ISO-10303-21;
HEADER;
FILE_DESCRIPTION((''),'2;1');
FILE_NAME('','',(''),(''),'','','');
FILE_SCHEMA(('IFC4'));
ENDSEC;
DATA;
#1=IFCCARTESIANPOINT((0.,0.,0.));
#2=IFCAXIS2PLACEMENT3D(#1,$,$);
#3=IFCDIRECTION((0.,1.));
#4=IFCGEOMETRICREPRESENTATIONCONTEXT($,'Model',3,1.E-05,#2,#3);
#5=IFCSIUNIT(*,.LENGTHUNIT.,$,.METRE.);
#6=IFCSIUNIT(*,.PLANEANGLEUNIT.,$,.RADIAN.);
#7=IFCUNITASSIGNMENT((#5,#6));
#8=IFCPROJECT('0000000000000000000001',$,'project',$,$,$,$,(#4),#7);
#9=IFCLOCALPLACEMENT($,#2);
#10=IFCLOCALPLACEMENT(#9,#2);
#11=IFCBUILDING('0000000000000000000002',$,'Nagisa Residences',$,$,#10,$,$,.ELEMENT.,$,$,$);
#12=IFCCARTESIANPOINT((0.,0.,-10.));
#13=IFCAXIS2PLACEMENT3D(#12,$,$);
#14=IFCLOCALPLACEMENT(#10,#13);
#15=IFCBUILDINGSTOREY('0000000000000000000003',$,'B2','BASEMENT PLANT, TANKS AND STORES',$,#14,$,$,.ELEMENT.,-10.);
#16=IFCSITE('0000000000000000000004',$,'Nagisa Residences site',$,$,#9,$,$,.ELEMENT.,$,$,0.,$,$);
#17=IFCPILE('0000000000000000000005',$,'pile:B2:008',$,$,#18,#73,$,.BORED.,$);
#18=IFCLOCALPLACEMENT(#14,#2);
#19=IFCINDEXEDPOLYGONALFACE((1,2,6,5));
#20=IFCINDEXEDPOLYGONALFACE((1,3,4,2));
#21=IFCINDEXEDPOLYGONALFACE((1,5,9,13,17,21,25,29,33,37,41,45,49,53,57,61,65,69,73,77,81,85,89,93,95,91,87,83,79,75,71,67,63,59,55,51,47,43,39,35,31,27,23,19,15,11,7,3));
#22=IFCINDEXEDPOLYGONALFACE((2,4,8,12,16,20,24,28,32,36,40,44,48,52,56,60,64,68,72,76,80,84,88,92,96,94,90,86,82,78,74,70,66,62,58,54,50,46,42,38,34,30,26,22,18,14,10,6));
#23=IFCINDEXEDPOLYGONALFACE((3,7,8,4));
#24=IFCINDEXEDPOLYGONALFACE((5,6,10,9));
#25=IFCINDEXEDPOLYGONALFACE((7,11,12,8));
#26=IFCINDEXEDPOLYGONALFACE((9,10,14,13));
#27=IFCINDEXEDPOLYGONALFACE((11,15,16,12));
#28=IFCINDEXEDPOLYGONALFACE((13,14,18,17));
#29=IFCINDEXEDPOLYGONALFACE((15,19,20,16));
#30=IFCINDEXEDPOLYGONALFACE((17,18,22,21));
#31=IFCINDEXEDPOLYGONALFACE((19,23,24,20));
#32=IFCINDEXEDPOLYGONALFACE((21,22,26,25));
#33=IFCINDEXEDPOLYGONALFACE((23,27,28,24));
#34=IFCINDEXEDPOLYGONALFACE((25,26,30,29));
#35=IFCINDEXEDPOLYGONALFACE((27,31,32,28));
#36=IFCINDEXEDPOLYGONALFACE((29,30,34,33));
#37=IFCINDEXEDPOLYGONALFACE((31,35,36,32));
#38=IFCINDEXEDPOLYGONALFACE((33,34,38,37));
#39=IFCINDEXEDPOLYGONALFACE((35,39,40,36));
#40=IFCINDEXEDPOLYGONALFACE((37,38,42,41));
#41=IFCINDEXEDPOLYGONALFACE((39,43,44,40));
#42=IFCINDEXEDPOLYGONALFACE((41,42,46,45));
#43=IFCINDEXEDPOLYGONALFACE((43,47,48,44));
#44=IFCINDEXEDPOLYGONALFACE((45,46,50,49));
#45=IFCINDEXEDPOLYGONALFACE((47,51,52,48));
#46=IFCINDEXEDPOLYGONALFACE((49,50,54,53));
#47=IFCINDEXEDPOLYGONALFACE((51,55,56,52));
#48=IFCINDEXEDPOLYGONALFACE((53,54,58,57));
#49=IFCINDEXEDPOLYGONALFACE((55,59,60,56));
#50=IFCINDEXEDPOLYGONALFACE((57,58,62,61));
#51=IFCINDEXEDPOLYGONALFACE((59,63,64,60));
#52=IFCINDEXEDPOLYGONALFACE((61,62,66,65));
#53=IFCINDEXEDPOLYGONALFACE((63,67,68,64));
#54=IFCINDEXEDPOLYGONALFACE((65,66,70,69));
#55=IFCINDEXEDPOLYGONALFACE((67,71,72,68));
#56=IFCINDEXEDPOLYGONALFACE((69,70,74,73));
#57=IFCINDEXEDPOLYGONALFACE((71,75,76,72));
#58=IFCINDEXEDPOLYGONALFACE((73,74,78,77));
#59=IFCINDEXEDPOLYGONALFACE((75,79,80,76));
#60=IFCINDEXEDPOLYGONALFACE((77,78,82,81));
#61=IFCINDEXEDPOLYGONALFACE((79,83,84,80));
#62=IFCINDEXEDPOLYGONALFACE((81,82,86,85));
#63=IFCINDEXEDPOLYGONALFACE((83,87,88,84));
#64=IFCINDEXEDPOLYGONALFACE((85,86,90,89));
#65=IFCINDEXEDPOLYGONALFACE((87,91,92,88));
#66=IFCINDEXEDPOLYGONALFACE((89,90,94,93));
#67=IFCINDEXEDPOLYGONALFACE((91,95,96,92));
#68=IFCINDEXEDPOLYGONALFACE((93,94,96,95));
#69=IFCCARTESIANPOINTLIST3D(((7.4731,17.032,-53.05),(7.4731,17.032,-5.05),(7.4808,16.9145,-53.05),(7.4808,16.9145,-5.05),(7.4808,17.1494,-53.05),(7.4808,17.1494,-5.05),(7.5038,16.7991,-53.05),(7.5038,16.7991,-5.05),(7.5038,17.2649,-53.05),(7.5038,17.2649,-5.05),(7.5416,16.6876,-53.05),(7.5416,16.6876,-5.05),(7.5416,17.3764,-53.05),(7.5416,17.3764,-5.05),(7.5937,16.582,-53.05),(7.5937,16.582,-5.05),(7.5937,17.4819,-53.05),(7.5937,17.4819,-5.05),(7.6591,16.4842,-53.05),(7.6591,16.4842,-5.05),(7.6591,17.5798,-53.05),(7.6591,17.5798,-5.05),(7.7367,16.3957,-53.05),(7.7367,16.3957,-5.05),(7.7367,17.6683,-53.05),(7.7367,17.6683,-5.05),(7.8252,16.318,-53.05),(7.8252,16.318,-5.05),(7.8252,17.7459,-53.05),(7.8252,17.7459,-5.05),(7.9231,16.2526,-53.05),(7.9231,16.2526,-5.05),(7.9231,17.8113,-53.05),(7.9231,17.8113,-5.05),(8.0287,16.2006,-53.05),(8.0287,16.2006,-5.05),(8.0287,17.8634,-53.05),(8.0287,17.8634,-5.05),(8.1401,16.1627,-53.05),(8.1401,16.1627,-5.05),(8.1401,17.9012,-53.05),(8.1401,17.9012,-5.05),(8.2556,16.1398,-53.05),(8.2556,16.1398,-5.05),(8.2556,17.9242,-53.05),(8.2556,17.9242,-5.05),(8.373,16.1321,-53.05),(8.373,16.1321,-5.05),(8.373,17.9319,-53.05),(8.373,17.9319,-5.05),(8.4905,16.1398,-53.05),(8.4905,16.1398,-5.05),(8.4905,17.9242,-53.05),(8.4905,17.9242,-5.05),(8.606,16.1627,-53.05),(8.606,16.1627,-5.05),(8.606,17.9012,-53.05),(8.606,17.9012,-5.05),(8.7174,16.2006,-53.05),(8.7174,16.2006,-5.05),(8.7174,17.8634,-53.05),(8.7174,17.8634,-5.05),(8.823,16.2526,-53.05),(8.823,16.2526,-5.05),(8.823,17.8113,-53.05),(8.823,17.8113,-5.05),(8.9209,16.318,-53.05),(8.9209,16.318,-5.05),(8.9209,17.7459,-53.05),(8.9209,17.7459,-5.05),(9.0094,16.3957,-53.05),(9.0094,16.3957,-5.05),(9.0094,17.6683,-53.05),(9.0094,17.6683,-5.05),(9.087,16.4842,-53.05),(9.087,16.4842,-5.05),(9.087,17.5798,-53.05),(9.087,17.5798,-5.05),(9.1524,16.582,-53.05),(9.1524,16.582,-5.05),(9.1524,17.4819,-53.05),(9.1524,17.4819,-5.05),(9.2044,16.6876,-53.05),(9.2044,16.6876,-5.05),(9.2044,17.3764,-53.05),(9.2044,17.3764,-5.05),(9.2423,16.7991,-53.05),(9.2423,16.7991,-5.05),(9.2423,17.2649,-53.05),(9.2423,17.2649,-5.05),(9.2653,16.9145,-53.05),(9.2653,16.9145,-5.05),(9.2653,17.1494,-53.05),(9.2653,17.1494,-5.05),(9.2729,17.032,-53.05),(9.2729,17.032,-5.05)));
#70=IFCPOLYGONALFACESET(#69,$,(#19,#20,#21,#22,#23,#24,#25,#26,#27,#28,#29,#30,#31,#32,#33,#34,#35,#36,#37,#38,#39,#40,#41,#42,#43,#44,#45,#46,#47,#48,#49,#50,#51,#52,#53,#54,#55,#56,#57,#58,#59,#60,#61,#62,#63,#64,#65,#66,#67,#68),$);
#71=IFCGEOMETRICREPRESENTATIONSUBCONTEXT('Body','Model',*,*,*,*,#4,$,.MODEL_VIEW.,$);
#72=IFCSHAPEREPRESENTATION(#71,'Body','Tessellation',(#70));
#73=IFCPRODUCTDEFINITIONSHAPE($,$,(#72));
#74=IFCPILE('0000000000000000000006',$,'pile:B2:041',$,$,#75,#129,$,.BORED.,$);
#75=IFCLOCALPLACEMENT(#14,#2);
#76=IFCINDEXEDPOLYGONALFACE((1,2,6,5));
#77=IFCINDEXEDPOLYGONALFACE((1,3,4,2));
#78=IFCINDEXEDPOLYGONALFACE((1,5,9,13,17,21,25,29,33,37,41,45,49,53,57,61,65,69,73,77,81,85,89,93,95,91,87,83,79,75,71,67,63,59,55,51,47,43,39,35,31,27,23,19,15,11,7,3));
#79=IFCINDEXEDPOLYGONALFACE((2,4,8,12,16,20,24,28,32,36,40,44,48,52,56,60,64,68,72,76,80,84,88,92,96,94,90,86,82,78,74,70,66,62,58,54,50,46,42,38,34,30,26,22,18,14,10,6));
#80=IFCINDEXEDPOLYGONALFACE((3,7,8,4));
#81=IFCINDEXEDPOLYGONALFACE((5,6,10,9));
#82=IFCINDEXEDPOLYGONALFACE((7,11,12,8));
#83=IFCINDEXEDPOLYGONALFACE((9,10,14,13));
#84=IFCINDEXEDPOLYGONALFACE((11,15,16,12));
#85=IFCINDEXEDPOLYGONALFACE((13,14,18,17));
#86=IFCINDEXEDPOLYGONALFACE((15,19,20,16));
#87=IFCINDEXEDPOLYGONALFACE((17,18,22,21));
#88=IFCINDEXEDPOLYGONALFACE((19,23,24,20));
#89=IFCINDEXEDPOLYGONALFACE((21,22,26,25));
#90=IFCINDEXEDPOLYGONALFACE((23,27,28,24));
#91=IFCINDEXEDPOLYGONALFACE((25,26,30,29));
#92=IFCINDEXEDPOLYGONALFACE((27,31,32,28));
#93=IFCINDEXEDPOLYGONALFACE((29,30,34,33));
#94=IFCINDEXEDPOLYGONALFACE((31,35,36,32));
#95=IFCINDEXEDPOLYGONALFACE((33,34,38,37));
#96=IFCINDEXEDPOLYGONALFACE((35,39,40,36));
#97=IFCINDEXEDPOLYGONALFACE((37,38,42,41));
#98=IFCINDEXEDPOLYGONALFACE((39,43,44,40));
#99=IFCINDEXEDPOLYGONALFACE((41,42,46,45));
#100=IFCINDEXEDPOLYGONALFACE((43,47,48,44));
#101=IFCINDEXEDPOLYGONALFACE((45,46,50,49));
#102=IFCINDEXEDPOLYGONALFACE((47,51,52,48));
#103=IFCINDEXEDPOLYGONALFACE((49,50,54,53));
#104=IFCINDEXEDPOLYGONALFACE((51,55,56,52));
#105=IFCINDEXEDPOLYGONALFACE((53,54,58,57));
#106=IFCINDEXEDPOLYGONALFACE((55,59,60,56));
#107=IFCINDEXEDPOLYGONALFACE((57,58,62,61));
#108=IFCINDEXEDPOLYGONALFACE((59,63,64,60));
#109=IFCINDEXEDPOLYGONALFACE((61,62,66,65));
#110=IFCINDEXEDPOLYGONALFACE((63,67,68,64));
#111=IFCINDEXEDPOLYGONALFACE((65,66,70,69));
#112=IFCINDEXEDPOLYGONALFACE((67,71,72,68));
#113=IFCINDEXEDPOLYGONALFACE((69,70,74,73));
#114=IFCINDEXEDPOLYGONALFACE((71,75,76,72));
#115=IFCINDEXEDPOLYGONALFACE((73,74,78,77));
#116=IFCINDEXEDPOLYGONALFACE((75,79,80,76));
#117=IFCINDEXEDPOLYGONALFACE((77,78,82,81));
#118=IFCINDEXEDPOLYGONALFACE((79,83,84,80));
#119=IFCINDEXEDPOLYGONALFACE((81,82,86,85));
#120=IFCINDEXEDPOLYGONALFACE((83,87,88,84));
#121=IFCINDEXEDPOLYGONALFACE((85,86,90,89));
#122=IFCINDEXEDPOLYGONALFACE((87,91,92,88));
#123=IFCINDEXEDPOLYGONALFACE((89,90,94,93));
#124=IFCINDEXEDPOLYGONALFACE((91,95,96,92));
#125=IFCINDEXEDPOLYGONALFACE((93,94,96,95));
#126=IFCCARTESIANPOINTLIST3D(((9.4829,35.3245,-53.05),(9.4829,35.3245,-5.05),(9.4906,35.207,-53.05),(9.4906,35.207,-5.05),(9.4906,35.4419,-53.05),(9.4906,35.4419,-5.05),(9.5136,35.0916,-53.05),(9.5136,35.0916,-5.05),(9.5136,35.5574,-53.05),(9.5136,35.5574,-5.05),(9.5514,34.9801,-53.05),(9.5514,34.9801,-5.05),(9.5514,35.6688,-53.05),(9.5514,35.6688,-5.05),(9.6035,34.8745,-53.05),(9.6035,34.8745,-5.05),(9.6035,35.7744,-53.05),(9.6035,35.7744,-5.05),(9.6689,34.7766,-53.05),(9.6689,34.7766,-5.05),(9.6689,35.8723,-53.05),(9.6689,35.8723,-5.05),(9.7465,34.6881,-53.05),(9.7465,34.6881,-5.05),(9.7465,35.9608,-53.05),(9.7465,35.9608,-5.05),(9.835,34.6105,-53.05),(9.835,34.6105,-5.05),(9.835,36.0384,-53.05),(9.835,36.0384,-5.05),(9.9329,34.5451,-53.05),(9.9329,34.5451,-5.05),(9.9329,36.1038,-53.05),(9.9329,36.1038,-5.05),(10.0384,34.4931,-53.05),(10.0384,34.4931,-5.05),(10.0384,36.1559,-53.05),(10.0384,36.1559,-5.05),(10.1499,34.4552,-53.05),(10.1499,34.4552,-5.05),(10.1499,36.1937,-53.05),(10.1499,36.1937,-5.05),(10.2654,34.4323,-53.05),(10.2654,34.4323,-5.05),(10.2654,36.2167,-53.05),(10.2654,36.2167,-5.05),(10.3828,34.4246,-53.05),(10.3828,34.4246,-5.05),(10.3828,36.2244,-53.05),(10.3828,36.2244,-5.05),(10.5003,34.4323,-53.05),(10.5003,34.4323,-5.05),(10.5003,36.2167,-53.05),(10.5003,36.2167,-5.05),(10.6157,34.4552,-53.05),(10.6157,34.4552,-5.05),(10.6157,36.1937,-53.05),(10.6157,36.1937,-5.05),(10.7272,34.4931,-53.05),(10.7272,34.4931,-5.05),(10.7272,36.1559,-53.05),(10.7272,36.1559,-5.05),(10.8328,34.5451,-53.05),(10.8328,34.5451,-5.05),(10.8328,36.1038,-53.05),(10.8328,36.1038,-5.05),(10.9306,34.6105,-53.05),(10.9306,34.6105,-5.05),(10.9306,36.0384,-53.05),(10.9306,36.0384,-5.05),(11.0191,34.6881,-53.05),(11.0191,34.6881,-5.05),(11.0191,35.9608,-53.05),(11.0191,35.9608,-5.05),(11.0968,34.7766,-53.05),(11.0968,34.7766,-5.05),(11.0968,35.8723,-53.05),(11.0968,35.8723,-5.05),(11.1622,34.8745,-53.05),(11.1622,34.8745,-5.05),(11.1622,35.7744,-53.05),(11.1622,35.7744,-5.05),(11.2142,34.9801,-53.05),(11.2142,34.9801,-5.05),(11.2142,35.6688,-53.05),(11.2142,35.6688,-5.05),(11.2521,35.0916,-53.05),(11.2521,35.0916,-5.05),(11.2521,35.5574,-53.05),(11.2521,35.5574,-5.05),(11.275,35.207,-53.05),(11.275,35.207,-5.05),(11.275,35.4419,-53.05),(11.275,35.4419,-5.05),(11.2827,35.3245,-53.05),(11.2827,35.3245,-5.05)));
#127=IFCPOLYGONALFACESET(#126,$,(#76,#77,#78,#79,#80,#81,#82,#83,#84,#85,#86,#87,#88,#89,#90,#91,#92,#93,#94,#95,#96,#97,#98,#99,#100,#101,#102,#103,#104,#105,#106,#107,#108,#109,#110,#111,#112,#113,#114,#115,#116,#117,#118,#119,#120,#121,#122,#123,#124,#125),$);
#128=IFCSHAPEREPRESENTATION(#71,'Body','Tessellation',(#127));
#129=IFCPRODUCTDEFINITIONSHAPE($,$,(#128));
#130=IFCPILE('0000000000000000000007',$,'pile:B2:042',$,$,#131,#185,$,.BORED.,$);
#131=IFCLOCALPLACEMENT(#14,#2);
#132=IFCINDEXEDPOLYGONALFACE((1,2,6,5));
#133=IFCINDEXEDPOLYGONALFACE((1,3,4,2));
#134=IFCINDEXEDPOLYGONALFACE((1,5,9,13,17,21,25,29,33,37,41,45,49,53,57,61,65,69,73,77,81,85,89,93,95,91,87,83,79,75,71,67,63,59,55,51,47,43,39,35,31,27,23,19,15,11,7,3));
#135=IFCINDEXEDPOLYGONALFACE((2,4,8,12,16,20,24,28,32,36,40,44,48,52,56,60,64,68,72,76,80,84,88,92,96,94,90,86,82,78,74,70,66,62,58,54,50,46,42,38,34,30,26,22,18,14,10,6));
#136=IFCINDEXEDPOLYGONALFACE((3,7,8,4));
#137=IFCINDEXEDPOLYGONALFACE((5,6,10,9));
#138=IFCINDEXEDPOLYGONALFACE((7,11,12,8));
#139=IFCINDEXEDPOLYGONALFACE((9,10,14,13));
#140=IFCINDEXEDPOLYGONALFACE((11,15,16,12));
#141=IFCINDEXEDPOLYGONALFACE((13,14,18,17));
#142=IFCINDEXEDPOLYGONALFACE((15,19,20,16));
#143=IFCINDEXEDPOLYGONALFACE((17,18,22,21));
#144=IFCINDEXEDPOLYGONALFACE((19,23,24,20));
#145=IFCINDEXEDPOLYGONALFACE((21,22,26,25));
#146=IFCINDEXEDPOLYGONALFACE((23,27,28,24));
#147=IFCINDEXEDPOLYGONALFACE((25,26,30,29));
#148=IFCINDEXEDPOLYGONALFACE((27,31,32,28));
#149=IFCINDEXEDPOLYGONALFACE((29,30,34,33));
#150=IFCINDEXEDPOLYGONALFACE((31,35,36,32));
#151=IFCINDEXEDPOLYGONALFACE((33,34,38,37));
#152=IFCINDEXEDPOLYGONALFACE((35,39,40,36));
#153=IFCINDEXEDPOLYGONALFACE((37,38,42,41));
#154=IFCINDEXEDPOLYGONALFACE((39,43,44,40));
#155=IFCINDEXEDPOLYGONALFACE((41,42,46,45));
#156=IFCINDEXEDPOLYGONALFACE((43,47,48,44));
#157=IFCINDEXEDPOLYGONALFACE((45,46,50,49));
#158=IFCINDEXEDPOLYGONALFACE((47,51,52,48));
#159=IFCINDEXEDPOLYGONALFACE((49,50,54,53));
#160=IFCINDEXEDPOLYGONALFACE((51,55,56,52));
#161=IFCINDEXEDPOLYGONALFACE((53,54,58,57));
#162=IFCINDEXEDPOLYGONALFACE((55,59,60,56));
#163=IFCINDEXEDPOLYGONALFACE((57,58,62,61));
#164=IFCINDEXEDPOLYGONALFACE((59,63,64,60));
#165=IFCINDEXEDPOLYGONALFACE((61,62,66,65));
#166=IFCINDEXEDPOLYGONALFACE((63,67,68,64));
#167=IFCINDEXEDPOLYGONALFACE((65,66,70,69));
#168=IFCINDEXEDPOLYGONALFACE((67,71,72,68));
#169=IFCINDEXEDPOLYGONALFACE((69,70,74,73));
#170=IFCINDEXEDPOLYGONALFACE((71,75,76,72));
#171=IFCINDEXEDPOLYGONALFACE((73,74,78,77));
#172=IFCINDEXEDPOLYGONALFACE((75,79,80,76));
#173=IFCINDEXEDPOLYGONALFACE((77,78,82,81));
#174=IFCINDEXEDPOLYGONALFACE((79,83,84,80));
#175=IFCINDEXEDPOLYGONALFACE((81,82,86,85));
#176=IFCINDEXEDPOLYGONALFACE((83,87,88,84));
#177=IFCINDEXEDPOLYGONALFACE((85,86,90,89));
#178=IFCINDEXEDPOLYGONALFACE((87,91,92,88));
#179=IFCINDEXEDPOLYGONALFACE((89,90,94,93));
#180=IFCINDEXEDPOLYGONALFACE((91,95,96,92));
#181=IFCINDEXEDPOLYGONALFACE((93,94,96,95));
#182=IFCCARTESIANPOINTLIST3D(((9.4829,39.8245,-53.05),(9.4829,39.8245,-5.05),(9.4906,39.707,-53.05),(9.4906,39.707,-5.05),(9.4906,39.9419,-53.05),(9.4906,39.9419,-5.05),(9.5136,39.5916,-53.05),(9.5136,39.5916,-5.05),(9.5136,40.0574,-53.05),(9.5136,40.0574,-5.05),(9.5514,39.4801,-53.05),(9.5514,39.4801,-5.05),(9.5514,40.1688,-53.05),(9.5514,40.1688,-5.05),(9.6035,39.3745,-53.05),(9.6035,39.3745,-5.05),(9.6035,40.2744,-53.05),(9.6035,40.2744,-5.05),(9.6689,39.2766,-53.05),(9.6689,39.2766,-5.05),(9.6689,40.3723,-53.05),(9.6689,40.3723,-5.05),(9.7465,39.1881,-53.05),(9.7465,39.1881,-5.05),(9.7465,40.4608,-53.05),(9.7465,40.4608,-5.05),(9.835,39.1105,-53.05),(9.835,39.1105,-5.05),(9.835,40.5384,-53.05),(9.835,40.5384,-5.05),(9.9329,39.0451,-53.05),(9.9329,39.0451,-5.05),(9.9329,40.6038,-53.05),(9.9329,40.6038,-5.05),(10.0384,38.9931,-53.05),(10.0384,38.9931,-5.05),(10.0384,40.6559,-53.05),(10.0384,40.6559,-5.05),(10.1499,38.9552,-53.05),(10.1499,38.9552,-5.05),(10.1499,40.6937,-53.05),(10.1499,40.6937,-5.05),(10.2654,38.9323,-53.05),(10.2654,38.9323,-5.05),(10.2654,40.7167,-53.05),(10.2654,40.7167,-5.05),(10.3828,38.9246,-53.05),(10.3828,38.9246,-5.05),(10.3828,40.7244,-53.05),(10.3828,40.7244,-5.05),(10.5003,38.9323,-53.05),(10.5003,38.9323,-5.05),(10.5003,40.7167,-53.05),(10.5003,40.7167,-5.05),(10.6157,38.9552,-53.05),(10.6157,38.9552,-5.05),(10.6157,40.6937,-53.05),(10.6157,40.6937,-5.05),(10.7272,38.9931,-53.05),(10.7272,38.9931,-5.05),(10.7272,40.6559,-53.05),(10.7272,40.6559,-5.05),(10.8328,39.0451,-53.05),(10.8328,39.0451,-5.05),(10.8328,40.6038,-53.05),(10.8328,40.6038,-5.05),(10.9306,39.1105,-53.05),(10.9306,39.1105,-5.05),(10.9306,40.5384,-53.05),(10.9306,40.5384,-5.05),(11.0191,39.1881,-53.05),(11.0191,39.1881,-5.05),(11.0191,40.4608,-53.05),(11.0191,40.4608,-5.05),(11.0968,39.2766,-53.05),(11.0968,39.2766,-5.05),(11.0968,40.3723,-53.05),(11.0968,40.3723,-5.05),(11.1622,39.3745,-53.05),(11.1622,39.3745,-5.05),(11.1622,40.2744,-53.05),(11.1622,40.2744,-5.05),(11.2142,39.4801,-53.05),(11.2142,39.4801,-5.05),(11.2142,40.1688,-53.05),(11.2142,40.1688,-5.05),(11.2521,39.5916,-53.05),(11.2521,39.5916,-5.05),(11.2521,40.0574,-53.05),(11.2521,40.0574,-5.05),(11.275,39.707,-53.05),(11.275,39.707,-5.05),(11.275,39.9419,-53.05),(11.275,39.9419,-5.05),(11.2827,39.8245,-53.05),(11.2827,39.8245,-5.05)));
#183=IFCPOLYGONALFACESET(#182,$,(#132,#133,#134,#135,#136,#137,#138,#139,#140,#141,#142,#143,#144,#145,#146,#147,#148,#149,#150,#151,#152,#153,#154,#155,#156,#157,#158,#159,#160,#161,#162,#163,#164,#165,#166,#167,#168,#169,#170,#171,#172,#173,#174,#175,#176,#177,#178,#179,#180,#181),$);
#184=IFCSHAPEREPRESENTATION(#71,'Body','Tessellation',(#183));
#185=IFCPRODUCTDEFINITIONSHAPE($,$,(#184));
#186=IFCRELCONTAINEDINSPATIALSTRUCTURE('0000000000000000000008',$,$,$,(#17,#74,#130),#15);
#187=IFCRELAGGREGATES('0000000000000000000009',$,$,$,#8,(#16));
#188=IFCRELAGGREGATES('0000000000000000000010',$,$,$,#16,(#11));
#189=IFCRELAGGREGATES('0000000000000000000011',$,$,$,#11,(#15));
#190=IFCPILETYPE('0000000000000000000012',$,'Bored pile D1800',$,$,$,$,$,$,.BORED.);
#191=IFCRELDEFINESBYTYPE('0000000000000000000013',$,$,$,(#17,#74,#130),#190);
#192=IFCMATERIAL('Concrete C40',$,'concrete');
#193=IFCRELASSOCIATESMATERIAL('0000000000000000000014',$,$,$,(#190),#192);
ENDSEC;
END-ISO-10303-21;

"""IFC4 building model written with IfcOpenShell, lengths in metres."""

from ifc_helpers import new_model, si_unit, direction, frame, origin, origin_2d, place, context, subcontext, project, spatial, circle, extrude, material, material_profile, profile_set, type_object, element, save


model = new_model("IFC4")

# Units and contexts
model_context = context("Model", 3, precision=1e-05, world=origin(), true_north=direction((0.0, 1.0)))
body_context = subcontext(model_context, "Body", "Model", "MODEL_VIEW")
ifc_project = project(units=[si_unit("LENGTHUNIT", "METRE"), si_unit("PLANEANGLEUNIT", "RADIAN")], contexts=[model_context])

# Site, building, storey
site_placement = place(None, origin())
site = spatial("IfcSite", under=ifc_project, at=site_placement, Name="Nagisa Residences site", CompositionType="ELEMENT", RefElevation=0.0)
building_placement = place(site_placement, origin())
building = spatial("IfcBuilding", under=site, at=building_placement, Name="Nagisa Residences", CompositionType="ELEMENT")
storey_placement = place(building_placement, frame((0.0, 0.0, -10.0)))
storey = spatial("IfcBuildingStorey", under=building, at=storey_placement, Name="B2", Description="BASEMENT PLANT, TANKS AND STORES", CompositionType="ELEMENT", Elevation=-10.0)

# Piles
ifc_material_1 = material(Name="Concrete C40", Category="concrete")
ifc_material_profile_1 = material_profile(ifc_material_1, circle(Radius=0.8999, at=origin_2d()), Name="Bored pile D1800")
ifc_profile_set_1 = profile_set([ifc_material_profile_1], Name="Concrete C40")
pile_type = type_object("IfcPileType", Name="Bored pile D1800", PredefinedType="BORED", material=ifc_profile_set_1)
for number, where, z_axis, x_axis, name in (
    (1, (8.373, 17.032, -5.05), (0.0, 0.0, -1.0), (1.0, 0.0, 0.0), "pile:B2:008"),
    (2, (10.3828, 35.3245, -5.05), (0.0, 0.0, -1.0), (1.0, 0.0, 0.0), "pile:B2:041"),
    (3, (10.3828, 39.8245, -5.05), (0.0, 0.0, -1.0), (1.0, 0.0, 0.0), "pile:B2:042"),
):
    element("IfcPile", number, at=place(storey_placement, frame(where, z_axis=z_axis, x_axis=x_axis)), inside=storey, type_object=pile_type, Name=name, PredefinedType="BORED", context=body_context, shape_type="SweptSolid", body=[
        extrude(circle(Radius=0.8999, at=origin_2d()), origin(), (0.0, 0.0, 1.0), 48.0),
    ])

save(model, "model.ifc")
